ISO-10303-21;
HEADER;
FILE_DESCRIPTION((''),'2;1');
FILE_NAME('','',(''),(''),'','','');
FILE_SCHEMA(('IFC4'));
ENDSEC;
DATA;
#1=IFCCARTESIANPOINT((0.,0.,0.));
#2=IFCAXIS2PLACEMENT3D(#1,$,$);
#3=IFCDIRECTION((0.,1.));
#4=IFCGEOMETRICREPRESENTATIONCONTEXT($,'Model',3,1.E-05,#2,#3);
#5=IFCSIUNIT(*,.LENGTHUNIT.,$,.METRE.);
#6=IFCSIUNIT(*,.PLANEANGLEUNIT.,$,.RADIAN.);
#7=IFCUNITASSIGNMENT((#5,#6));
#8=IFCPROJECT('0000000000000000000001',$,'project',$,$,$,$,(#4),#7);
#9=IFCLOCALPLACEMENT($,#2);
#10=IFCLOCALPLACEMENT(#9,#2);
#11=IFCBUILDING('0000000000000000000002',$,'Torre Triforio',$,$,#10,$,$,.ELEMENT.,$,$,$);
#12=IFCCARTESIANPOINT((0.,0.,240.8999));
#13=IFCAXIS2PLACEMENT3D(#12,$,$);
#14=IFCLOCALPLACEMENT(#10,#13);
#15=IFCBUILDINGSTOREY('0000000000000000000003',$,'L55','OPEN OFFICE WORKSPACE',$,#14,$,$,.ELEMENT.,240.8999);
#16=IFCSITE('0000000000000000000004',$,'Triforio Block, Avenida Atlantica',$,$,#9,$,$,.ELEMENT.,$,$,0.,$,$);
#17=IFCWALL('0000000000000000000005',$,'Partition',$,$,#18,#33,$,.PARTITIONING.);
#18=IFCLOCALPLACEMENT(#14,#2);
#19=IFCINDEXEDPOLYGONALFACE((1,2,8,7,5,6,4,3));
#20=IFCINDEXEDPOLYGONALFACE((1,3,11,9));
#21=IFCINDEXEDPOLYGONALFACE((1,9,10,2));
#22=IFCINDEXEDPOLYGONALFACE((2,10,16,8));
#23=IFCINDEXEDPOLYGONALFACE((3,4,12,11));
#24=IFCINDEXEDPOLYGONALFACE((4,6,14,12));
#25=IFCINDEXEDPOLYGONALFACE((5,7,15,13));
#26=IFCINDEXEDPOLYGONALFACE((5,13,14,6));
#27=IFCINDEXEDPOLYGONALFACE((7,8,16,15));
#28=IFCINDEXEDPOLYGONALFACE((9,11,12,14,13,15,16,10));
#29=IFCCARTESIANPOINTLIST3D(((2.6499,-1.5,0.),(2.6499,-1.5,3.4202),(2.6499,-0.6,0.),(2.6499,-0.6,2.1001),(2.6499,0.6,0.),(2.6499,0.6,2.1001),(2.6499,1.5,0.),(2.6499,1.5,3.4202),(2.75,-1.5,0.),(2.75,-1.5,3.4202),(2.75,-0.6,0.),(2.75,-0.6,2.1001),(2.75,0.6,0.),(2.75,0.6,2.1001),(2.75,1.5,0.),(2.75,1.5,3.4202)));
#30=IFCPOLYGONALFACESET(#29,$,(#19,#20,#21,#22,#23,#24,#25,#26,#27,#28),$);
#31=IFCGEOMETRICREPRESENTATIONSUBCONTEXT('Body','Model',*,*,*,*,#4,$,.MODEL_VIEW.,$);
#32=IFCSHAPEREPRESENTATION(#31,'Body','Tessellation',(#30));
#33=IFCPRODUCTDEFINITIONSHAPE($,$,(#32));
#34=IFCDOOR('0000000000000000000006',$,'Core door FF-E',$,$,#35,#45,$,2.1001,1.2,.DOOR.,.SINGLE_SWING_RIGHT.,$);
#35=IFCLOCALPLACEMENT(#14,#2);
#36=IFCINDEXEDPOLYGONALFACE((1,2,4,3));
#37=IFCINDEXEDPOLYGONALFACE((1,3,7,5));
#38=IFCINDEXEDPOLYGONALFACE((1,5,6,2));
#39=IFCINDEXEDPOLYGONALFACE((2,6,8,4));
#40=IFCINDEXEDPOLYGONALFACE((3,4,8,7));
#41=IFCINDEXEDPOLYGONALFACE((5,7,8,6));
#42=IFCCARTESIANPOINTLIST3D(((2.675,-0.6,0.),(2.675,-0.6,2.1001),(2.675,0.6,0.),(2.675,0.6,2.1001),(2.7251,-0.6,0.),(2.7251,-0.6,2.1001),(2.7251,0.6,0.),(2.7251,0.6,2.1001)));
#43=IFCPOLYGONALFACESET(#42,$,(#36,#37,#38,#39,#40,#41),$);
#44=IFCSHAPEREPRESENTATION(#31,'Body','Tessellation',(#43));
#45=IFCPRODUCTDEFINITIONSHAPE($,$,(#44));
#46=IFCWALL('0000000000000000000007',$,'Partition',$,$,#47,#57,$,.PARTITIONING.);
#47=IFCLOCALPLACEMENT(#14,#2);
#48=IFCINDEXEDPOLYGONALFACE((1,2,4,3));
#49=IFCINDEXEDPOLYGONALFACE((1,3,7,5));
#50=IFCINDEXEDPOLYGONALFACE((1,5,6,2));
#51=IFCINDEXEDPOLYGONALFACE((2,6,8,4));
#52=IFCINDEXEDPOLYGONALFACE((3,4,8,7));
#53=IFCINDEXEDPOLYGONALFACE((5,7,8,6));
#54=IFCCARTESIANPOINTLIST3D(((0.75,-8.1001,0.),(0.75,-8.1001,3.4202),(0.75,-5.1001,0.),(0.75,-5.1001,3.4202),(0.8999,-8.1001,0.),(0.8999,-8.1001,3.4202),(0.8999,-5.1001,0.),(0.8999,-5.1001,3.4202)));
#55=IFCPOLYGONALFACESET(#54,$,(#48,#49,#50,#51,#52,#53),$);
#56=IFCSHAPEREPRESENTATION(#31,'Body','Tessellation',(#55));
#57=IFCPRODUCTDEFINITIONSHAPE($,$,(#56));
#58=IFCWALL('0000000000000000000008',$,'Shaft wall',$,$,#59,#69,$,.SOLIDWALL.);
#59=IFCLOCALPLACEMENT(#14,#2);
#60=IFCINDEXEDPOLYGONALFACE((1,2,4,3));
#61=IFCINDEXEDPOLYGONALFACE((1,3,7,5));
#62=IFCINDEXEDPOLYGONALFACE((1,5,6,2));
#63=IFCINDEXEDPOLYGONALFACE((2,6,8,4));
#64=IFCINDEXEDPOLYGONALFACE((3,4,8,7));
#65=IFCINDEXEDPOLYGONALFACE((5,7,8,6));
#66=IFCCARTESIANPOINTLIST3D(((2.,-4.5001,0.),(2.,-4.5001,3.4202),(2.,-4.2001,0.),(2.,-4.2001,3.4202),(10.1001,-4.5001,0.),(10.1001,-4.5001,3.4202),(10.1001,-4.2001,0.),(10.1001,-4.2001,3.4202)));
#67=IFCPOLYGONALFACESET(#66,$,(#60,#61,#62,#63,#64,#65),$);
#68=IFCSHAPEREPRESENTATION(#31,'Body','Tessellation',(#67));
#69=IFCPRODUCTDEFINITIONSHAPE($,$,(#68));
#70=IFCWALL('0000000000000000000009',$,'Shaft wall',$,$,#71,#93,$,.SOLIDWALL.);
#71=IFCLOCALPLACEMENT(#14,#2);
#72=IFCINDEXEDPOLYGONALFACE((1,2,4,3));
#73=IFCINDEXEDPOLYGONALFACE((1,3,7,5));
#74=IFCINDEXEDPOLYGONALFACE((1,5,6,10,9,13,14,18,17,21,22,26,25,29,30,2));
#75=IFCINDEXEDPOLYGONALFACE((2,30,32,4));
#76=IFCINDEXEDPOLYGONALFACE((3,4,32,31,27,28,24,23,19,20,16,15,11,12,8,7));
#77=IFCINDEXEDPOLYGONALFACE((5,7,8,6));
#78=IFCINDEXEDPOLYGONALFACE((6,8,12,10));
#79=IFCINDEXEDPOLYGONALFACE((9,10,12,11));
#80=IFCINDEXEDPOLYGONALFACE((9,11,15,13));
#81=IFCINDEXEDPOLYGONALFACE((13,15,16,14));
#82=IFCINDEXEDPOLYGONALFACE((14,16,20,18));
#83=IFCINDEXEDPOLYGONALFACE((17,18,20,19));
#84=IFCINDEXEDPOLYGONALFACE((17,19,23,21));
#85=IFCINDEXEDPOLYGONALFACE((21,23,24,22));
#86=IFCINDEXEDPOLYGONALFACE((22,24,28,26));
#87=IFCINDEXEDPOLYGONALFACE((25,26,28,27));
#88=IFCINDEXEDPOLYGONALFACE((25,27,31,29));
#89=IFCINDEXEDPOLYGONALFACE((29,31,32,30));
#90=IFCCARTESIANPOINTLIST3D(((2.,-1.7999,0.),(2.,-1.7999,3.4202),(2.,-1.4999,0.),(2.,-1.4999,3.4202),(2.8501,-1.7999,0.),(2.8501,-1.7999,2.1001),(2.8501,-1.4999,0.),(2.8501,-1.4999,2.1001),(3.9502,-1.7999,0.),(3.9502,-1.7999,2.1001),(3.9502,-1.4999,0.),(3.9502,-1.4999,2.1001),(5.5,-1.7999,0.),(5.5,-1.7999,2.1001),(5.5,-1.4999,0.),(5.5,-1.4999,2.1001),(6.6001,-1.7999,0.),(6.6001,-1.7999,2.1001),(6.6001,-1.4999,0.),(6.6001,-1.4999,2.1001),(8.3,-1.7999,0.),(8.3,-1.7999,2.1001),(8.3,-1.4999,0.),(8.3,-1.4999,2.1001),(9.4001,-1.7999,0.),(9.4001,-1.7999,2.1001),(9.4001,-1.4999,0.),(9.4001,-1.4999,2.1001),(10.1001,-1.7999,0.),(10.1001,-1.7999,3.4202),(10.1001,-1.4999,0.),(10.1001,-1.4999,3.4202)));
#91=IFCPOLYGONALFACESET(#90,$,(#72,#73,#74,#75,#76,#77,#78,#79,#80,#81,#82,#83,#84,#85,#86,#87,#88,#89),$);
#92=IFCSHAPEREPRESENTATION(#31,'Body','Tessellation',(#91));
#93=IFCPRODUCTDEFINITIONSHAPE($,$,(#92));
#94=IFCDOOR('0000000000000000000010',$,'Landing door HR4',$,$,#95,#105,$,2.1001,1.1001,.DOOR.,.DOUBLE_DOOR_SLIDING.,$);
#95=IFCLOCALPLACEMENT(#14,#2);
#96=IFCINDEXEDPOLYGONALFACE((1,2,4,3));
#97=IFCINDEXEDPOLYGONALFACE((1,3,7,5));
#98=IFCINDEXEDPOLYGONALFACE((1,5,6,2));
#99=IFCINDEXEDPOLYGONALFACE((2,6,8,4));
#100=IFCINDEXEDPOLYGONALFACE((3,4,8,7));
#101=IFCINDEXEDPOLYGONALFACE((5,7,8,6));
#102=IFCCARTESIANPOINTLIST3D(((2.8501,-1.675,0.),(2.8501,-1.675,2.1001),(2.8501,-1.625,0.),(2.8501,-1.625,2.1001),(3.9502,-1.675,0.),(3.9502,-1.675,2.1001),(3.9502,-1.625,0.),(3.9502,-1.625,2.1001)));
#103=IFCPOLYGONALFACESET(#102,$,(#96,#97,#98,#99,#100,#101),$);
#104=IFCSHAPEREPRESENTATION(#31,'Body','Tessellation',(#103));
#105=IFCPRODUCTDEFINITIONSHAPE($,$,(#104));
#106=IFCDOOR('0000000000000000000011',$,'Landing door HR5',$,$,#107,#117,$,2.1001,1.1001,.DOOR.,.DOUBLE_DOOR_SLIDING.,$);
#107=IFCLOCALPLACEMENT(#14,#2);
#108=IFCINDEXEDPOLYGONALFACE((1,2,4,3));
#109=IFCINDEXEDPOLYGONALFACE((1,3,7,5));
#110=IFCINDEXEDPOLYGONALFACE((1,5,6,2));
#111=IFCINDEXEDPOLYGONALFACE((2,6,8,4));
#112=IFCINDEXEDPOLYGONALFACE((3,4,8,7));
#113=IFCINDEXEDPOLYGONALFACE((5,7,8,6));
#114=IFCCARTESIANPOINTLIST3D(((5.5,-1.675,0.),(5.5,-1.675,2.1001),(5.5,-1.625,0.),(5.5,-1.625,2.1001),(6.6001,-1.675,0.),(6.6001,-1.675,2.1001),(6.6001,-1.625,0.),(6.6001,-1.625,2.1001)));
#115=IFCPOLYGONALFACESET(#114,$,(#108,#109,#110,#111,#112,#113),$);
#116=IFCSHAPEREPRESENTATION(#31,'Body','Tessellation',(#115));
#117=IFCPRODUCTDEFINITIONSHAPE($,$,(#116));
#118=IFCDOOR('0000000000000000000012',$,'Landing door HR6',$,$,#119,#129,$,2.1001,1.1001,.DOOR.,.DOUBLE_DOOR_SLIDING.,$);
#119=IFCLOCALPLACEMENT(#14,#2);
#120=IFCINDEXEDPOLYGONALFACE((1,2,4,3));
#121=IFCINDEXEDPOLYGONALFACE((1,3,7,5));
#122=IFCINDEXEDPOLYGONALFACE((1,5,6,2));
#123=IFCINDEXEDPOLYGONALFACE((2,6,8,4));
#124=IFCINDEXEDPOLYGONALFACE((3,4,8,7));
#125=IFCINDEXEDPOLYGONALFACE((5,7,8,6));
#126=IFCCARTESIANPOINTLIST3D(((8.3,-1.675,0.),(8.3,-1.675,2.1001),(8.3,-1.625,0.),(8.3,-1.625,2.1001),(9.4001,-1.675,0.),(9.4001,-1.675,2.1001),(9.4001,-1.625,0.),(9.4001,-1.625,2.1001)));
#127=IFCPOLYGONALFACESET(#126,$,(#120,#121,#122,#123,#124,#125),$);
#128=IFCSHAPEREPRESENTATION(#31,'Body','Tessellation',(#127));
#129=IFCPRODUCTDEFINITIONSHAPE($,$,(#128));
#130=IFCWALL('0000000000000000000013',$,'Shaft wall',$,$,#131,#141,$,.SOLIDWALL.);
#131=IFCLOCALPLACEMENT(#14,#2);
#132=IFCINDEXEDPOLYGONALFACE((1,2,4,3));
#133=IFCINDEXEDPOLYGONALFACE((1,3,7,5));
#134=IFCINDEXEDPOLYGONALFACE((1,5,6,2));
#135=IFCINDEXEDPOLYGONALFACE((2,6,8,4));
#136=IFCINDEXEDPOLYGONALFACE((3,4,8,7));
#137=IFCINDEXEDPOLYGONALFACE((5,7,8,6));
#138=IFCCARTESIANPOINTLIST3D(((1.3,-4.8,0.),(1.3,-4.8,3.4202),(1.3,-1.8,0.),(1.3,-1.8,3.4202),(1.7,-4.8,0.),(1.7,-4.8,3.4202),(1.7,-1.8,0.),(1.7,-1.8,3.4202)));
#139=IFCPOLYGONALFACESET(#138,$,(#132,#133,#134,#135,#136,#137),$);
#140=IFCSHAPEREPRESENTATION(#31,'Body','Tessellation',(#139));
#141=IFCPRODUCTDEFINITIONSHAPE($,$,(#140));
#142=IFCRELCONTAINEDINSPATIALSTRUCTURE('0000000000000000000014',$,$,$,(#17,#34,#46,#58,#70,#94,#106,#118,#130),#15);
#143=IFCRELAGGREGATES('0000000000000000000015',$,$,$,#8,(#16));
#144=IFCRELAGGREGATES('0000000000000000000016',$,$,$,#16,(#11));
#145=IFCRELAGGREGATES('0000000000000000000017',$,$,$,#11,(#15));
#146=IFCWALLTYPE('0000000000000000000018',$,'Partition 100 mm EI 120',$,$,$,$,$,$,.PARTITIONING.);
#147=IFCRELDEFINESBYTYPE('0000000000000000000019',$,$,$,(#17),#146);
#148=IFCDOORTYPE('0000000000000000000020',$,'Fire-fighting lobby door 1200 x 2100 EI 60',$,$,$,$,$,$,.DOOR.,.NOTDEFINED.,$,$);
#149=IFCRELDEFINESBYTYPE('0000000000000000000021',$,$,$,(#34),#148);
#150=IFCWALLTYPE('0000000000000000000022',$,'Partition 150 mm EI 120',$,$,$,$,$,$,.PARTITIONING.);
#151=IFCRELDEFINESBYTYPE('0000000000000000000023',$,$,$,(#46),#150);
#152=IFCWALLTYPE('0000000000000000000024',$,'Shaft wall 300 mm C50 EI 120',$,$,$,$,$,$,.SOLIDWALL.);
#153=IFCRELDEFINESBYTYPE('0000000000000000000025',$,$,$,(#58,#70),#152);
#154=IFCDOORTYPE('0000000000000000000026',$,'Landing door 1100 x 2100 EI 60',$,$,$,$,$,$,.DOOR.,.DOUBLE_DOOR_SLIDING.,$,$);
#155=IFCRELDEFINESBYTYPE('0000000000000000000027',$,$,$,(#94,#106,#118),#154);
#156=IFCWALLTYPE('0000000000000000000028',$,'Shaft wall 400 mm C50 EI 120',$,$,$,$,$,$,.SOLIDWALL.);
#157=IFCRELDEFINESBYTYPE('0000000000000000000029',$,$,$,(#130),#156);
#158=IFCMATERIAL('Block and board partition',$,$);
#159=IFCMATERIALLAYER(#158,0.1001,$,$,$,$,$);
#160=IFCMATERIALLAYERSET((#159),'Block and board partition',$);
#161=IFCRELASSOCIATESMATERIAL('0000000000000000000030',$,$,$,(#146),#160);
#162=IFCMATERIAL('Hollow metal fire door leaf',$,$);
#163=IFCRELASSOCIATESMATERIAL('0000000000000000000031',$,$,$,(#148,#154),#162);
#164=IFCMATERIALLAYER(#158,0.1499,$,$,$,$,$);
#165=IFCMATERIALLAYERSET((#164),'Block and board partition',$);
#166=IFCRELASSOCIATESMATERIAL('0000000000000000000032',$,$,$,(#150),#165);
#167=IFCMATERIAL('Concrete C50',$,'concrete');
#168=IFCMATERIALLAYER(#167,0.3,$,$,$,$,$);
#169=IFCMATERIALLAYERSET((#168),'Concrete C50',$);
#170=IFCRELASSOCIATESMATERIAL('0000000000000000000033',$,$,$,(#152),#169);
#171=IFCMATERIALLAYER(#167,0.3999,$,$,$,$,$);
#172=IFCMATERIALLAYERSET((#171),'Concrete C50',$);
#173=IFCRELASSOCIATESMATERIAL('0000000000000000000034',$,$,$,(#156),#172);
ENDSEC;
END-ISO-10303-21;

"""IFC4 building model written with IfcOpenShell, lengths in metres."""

from ifc_helpers import new_model, si_unit, direction, frame, frame_2d, origin, place, context, subcontext, project, spatial, rectangle, extrude, material, layer, layer_set, type_object, element, fill, save


model = new_model("IFC4")

# Units and contexts
model_context = context("Model", 3, precision=1e-05, world=origin(), true_north=direction((0.0, 1.0)))
body_context = subcontext(model_context, "Body", "Model", "MODEL_VIEW")
ifc_project = project(units=[si_unit("LENGTHUNIT", "METRE"), si_unit("PLANEANGLEUNIT", "RADIAN")], contexts=[model_context])

# Site, building, storey
site_placement = place(None, origin())
site = spatial("IfcSite", under=ifc_project, at=site_placement, Name="Triforio Block, Avenida Atlantica", CompositionType="ELEMENT", RefElevation=0.0)
building_placement = place(site_placement, origin())
building = spatial("IfcBuilding", under=site, at=building_placement, Name="Torre Triforio", CompositionType="ELEMENT")
storey_placement = place(building_placement, frame((0.0, 0.0, 240.8999)))
storey = spatial("IfcBuildingStorey", under=building, at=storey_placement, Name="L55", Description="OPEN OFFICE WORKSPACE", CompositionType="ELEMENT", Elevation=240.8999)

# Shared definitions
ifc_material_1 = material(Name="Concrete C50", Category="concrete")

# Wall, opening, door
ifc_material_2 = material(Name="Block and board partition")
ifc_layer_1 = layer(ifc_material_2, 0.1001)
ifc_layer_set_1 = layer_set([ifc_layer_1], Name="Block and board partition")
wall_type_1 = type_object("IfcWallType", Name="Partition 100 mm EI 120", PredefinedType="PARTITIONING", material=ifc_layer_set_1)
wall_1_placement = place(storey_placement, frame((2.7, -1.5, 0.0), z_axis=(0.0, 0.0, 1.0), x_axis=(0.0, 1.0, 0.0)))
wall_1 = element("IfcWall", 1, at=wall_1_placement, inside=storey, type_object=wall_type_1, Name="Partition", PredefinedType="PARTITIONING", context=body_context, shape_type="SweptSolid", body=[
    extrude(rectangle(XDim=3.0, YDim=0.1001, at=frame_2d((1.5, 0.0))), origin(), (0.0, 0.0, 1.0), 3.4202),
])
opening_1_placement = place(wall_1_placement, frame((0.8999, 0.0, 0.0)))
opening_1 = element("IfcOpeningElement", 2, at=opening_1_placement, cuts=wall_1, PredefinedType="OPENING", context=body_context, shape_type="SweptSolid", body=[
    extrude(rectangle(XDim=1.2, YDim=2.1001, at=frame_2d((0.6001, 1.05))), frame((0.0, 0.0601, 0.0), z_axis=(0.0, -1.0, 0.0), x_axis=(1.0, 0.0, 0.0)), (0.0, 0.0, 1.0), 0.1201),
])
ifc_material_3 = material(Name="Hollow metal fire door leaf")
door_type_1 = type_object("IfcDoorType", Name="Fire-fighting lobby door 1200 x 2100 EI 60", OperationType="NOTDEFINED", PredefinedType="DOOR", material=ifc_material_3)
door_1_placement = place(opening_1_placement, origin())
door_1 = element("IfcDoor", 3, at=door_1_placement, inside=storey, type_object=door_type_1, Name="Core door FF-E", OperationType="SINGLE_SWING_RIGHT", OverallHeight=2.1001, OverallWidth=1.2, PredefinedType="DOOR", context=body_context, shape_type="SweptSolid", body=[
    extrude(rectangle(XDim=1.2, YDim=2.1001, at=frame_2d((0.6001, 1.05))), frame((0.0, 0.0249, 0.0), z_axis=(0.0, -1.0, 0.0), x_axis=(1.0, 0.0, 0.0)), (0.0, 0.0, 1.0), 0.05),
])
fill(opening_1, door_1)

# Walls
ifc_layer_2 = layer(ifc_material_2, 0.1499)
ifc_layer_set_2 = layer_set([ifc_layer_2], Name="Block and board partition")
wall_type_2 = type_object("IfcWallType", Name="Partition 150 mm EI 120", PredefinedType="PARTITIONING", material=ifc_layer_set_2)
wall_2_placement = place(storey_placement, frame((0.825, -8.1001, 0.0), z_axis=(0.0, 0.0, 1.0), x_axis=(0.0, 1.0, 0.0)))
element("IfcWall", 4, at=wall_2_placement, inside=storey, type_object=wall_type_2, Name="Partition", PredefinedType="PARTITIONING", context=body_context, shape_type="SweptSolid", body=[
    extrude(rectangle(XDim=3.0, YDim=0.1499, at=frame_2d((1.5, 0.0))), origin(), (0.0, 0.0, 1.0), 3.4202),
])
ifc_layer_3 = layer(ifc_material_1, 0.3)
ifc_layer_set_3 = layer_set([ifc_layer_3], Name="Concrete C50")
wall_type_3 = type_object("IfcWallType", Name="Shaft wall 300 mm C50 EI 120", PredefinedType="SOLIDWALL", material=ifc_layer_set_3)
wall_3_placement = place(storey_placement, frame((2.0, -4.3501, 0.0), z_axis=(0.0, 0.0, 1.0), x_axis=(1.0, 0.0, 0.0)))
element("IfcWall", 5, at=wall_3_placement, inside=storey, type_object=wall_type_3, Name="Shaft wall", PredefinedType="SOLIDWALL", context=body_context, shape_type="SweptSolid", body=[
    extrude(rectangle(XDim=8.1001, YDim=0.3, at=frame_2d((4.05, 0.0))), origin(), (0.0, 0.0, 1.0), 3.4202),
])

# Wall, openings, doors
wall_4_placement = place(storey_placement, frame((2.0, -1.6499, 0.0), z_axis=(0.0, 0.0, 1.0), x_axis=(1.0, 0.0, 0.0)))
wall_4 = element("IfcWall", 6, at=wall_4_placement, inside=storey, type_object=wall_type_3, Name="Shaft wall", PredefinedType="SOLIDWALL", context=body_context, shape_type="SweptSolid", body=[
    extrude(rectangle(XDim=8.1001, YDim=0.3, at=frame_2d((4.05, 0.0))), origin(), (0.0, 0.0, 1.0), 3.4202),
])
opening_2_placement = place(wall_4_placement, frame((0.8501, 0.0, 0.0)))
opening_2 = element("IfcOpeningElement", 7, at=opening_2_placement, cuts=wall_4, PredefinedType="OPENING", context=body_context, shape_type="SweptSolid", body=[
    extrude(rectangle(XDim=1.1001, YDim=2.1001, at=frame_2d((0.55, 1.05))), frame((0.0, 0.1599, 0.0), z_axis=(0.0, -1.0, 0.0), x_axis=(1.0, 0.0, 0.0)), (0.0, 0.0, 1.0), 0.3201),
])
opening_3_placement = place(wall_4_placement, frame((3.5, 0.0, 0.0)))
opening_3 = element("IfcOpeningElement", 8, at=opening_3_placement, cuts=wall_4, PredefinedType="OPENING", context=body_context, shape_type="SweptSolid", body=[
    extrude(rectangle(XDim=1.1001, YDim=2.1001, at=frame_2d((0.55, 1.05))), frame((0.0, 0.1599, 0.0), z_axis=(0.0, -1.0, 0.0), x_axis=(1.0, 0.0, 0.0)), (0.0, 0.0, 1.0), 0.3201),
])
opening_4_placement = place(wall_4_placement, frame((6.3, 0.0, 0.0)))
opening_4 = element("IfcOpeningElement", 9, at=opening_4_placement, cuts=wall_4, PredefinedType="OPENING", context=body_context, shape_type="SweptSolid", body=[
    extrude(rectangle(XDim=1.1001, YDim=2.1001, at=frame_2d((0.55, 1.05))), frame((0.0, 0.1599, 0.0), z_axis=(0.0, -1.0, 0.0), x_axis=(1.0, 0.0, 0.0)), (0.0, 0.0, 1.0), 0.3201),
])
door_type_2 = type_object("IfcDoorType", Name="Landing door 1100 x 2100 EI 60", OperationType="DOUBLE_DOOR_SLIDING", PredefinedType="DOOR", material=ifc_material_3)
door_2_placement = place(opening_2_placement, origin())
door_2 = element("IfcDoor", 10, at=door_2_placement, inside=storey, type_object=door_type_2, Name="Landing door HR4", OperationType="DOUBLE_DOOR_SLIDING", OverallHeight=2.1001, OverallWidth=1.1001, PredefinedType="DOOR", context=body_context, shape_type="SweptSolid", body=[
    extrude(rectangle(XDim=1.1001, YDim=2.1001, at=frame_2d((0.55, 1.05))), frame((0.0, 0.0249, 0.0), z_axis=(0.0, -1.0, 0.0), x_axis=(1.0, 0.0, 0.0)), (0.0, 0.0, 1.0), 0.05),
])
fill(opening_2, door_2)
door_3_placement = place(opening_3_placement, origin())
door_3 = element("IfcDoor", 11, at=door_3_placement, inside=storey, type_object=door_type_2, Name="Landing door HR5", OperationType="DOUBLE_DOOR_SLIDING", OverallHeight=2.1001, OverallWidth=1.1001, PredefinedType="DOOR", context=body_context, shape_type="SweptSolid", body=[
    extrude(rectangle(XDim=1.1001, YDim=2.1001, at=frame_2d((0.55, 1.05))), frame((0.0, 0.0249, 0.0), z_axis=(0.0, -1.0, 0.0), x_axis=(1.0, 0.0, 0.0)), (0.0, 0.0, 1.0), 0.05),
])
fill(opening_3, door_3)
door_4_placement = place(opening_4_placement, origin())
door_4 = element("IfcDoor", 12, at=door_4_placement, inside=storey, type_object=door_type_2, Name="Landing door HR6", OperationType="DOUBLE_DOOR_SLIDING", OverallHeight=2.1001, OverallWidth=1.1001, PredefinedType="DOOR", context=body_context, shape_type="SweptSolid", body=[
    extrude(rectangle(XDim=1.1001, YDim=2.1001, at=frame_2d((0.55, 1.05))), frame((0.0, 0.0249, 0.0), z_axis=(0.0, -1.0, 0.0), x_axis=(1.0, 0.0, 0.0)), (0.0, 0.0, 1.0), 0.05),
])
fill(opening_4, door_4)

# Wall
ifc_layer_4 = layer(ifc_material_1, 0.3999)
ifc_layer_set_4 = layer_set([ifc_layer_4], Name="Concrete C50")
wall_type_4 = type_object("IfcWallType", Name="Shaft wall 400 mm C50 EI 120", PredefinedType="SOLIDWALL", material=ifc_layer_set_4)
wall_5_placement = place(storey_placement, frame((1.5, -4.8, 0.0), z_axis=(0.0, 0.0, 1.0), x_axis=(0.0, 1.0, 0.0)))
element("IfcWall", 13, at=wall_5_placement, inside=storey, type_object=wall_type_4, Name="Shaft wall", PredefinedType="SOLIDWALL", context=body_context, shape_type="SweptSolid", body=[
    extrude(rectangle(XDim=3.0, YDim=0.3999, at=frame_2d((1.5, 0.0))), origin(), (0.0, 0.0, 1.0), 3.4202),
])

save(model, "model.ifc")
